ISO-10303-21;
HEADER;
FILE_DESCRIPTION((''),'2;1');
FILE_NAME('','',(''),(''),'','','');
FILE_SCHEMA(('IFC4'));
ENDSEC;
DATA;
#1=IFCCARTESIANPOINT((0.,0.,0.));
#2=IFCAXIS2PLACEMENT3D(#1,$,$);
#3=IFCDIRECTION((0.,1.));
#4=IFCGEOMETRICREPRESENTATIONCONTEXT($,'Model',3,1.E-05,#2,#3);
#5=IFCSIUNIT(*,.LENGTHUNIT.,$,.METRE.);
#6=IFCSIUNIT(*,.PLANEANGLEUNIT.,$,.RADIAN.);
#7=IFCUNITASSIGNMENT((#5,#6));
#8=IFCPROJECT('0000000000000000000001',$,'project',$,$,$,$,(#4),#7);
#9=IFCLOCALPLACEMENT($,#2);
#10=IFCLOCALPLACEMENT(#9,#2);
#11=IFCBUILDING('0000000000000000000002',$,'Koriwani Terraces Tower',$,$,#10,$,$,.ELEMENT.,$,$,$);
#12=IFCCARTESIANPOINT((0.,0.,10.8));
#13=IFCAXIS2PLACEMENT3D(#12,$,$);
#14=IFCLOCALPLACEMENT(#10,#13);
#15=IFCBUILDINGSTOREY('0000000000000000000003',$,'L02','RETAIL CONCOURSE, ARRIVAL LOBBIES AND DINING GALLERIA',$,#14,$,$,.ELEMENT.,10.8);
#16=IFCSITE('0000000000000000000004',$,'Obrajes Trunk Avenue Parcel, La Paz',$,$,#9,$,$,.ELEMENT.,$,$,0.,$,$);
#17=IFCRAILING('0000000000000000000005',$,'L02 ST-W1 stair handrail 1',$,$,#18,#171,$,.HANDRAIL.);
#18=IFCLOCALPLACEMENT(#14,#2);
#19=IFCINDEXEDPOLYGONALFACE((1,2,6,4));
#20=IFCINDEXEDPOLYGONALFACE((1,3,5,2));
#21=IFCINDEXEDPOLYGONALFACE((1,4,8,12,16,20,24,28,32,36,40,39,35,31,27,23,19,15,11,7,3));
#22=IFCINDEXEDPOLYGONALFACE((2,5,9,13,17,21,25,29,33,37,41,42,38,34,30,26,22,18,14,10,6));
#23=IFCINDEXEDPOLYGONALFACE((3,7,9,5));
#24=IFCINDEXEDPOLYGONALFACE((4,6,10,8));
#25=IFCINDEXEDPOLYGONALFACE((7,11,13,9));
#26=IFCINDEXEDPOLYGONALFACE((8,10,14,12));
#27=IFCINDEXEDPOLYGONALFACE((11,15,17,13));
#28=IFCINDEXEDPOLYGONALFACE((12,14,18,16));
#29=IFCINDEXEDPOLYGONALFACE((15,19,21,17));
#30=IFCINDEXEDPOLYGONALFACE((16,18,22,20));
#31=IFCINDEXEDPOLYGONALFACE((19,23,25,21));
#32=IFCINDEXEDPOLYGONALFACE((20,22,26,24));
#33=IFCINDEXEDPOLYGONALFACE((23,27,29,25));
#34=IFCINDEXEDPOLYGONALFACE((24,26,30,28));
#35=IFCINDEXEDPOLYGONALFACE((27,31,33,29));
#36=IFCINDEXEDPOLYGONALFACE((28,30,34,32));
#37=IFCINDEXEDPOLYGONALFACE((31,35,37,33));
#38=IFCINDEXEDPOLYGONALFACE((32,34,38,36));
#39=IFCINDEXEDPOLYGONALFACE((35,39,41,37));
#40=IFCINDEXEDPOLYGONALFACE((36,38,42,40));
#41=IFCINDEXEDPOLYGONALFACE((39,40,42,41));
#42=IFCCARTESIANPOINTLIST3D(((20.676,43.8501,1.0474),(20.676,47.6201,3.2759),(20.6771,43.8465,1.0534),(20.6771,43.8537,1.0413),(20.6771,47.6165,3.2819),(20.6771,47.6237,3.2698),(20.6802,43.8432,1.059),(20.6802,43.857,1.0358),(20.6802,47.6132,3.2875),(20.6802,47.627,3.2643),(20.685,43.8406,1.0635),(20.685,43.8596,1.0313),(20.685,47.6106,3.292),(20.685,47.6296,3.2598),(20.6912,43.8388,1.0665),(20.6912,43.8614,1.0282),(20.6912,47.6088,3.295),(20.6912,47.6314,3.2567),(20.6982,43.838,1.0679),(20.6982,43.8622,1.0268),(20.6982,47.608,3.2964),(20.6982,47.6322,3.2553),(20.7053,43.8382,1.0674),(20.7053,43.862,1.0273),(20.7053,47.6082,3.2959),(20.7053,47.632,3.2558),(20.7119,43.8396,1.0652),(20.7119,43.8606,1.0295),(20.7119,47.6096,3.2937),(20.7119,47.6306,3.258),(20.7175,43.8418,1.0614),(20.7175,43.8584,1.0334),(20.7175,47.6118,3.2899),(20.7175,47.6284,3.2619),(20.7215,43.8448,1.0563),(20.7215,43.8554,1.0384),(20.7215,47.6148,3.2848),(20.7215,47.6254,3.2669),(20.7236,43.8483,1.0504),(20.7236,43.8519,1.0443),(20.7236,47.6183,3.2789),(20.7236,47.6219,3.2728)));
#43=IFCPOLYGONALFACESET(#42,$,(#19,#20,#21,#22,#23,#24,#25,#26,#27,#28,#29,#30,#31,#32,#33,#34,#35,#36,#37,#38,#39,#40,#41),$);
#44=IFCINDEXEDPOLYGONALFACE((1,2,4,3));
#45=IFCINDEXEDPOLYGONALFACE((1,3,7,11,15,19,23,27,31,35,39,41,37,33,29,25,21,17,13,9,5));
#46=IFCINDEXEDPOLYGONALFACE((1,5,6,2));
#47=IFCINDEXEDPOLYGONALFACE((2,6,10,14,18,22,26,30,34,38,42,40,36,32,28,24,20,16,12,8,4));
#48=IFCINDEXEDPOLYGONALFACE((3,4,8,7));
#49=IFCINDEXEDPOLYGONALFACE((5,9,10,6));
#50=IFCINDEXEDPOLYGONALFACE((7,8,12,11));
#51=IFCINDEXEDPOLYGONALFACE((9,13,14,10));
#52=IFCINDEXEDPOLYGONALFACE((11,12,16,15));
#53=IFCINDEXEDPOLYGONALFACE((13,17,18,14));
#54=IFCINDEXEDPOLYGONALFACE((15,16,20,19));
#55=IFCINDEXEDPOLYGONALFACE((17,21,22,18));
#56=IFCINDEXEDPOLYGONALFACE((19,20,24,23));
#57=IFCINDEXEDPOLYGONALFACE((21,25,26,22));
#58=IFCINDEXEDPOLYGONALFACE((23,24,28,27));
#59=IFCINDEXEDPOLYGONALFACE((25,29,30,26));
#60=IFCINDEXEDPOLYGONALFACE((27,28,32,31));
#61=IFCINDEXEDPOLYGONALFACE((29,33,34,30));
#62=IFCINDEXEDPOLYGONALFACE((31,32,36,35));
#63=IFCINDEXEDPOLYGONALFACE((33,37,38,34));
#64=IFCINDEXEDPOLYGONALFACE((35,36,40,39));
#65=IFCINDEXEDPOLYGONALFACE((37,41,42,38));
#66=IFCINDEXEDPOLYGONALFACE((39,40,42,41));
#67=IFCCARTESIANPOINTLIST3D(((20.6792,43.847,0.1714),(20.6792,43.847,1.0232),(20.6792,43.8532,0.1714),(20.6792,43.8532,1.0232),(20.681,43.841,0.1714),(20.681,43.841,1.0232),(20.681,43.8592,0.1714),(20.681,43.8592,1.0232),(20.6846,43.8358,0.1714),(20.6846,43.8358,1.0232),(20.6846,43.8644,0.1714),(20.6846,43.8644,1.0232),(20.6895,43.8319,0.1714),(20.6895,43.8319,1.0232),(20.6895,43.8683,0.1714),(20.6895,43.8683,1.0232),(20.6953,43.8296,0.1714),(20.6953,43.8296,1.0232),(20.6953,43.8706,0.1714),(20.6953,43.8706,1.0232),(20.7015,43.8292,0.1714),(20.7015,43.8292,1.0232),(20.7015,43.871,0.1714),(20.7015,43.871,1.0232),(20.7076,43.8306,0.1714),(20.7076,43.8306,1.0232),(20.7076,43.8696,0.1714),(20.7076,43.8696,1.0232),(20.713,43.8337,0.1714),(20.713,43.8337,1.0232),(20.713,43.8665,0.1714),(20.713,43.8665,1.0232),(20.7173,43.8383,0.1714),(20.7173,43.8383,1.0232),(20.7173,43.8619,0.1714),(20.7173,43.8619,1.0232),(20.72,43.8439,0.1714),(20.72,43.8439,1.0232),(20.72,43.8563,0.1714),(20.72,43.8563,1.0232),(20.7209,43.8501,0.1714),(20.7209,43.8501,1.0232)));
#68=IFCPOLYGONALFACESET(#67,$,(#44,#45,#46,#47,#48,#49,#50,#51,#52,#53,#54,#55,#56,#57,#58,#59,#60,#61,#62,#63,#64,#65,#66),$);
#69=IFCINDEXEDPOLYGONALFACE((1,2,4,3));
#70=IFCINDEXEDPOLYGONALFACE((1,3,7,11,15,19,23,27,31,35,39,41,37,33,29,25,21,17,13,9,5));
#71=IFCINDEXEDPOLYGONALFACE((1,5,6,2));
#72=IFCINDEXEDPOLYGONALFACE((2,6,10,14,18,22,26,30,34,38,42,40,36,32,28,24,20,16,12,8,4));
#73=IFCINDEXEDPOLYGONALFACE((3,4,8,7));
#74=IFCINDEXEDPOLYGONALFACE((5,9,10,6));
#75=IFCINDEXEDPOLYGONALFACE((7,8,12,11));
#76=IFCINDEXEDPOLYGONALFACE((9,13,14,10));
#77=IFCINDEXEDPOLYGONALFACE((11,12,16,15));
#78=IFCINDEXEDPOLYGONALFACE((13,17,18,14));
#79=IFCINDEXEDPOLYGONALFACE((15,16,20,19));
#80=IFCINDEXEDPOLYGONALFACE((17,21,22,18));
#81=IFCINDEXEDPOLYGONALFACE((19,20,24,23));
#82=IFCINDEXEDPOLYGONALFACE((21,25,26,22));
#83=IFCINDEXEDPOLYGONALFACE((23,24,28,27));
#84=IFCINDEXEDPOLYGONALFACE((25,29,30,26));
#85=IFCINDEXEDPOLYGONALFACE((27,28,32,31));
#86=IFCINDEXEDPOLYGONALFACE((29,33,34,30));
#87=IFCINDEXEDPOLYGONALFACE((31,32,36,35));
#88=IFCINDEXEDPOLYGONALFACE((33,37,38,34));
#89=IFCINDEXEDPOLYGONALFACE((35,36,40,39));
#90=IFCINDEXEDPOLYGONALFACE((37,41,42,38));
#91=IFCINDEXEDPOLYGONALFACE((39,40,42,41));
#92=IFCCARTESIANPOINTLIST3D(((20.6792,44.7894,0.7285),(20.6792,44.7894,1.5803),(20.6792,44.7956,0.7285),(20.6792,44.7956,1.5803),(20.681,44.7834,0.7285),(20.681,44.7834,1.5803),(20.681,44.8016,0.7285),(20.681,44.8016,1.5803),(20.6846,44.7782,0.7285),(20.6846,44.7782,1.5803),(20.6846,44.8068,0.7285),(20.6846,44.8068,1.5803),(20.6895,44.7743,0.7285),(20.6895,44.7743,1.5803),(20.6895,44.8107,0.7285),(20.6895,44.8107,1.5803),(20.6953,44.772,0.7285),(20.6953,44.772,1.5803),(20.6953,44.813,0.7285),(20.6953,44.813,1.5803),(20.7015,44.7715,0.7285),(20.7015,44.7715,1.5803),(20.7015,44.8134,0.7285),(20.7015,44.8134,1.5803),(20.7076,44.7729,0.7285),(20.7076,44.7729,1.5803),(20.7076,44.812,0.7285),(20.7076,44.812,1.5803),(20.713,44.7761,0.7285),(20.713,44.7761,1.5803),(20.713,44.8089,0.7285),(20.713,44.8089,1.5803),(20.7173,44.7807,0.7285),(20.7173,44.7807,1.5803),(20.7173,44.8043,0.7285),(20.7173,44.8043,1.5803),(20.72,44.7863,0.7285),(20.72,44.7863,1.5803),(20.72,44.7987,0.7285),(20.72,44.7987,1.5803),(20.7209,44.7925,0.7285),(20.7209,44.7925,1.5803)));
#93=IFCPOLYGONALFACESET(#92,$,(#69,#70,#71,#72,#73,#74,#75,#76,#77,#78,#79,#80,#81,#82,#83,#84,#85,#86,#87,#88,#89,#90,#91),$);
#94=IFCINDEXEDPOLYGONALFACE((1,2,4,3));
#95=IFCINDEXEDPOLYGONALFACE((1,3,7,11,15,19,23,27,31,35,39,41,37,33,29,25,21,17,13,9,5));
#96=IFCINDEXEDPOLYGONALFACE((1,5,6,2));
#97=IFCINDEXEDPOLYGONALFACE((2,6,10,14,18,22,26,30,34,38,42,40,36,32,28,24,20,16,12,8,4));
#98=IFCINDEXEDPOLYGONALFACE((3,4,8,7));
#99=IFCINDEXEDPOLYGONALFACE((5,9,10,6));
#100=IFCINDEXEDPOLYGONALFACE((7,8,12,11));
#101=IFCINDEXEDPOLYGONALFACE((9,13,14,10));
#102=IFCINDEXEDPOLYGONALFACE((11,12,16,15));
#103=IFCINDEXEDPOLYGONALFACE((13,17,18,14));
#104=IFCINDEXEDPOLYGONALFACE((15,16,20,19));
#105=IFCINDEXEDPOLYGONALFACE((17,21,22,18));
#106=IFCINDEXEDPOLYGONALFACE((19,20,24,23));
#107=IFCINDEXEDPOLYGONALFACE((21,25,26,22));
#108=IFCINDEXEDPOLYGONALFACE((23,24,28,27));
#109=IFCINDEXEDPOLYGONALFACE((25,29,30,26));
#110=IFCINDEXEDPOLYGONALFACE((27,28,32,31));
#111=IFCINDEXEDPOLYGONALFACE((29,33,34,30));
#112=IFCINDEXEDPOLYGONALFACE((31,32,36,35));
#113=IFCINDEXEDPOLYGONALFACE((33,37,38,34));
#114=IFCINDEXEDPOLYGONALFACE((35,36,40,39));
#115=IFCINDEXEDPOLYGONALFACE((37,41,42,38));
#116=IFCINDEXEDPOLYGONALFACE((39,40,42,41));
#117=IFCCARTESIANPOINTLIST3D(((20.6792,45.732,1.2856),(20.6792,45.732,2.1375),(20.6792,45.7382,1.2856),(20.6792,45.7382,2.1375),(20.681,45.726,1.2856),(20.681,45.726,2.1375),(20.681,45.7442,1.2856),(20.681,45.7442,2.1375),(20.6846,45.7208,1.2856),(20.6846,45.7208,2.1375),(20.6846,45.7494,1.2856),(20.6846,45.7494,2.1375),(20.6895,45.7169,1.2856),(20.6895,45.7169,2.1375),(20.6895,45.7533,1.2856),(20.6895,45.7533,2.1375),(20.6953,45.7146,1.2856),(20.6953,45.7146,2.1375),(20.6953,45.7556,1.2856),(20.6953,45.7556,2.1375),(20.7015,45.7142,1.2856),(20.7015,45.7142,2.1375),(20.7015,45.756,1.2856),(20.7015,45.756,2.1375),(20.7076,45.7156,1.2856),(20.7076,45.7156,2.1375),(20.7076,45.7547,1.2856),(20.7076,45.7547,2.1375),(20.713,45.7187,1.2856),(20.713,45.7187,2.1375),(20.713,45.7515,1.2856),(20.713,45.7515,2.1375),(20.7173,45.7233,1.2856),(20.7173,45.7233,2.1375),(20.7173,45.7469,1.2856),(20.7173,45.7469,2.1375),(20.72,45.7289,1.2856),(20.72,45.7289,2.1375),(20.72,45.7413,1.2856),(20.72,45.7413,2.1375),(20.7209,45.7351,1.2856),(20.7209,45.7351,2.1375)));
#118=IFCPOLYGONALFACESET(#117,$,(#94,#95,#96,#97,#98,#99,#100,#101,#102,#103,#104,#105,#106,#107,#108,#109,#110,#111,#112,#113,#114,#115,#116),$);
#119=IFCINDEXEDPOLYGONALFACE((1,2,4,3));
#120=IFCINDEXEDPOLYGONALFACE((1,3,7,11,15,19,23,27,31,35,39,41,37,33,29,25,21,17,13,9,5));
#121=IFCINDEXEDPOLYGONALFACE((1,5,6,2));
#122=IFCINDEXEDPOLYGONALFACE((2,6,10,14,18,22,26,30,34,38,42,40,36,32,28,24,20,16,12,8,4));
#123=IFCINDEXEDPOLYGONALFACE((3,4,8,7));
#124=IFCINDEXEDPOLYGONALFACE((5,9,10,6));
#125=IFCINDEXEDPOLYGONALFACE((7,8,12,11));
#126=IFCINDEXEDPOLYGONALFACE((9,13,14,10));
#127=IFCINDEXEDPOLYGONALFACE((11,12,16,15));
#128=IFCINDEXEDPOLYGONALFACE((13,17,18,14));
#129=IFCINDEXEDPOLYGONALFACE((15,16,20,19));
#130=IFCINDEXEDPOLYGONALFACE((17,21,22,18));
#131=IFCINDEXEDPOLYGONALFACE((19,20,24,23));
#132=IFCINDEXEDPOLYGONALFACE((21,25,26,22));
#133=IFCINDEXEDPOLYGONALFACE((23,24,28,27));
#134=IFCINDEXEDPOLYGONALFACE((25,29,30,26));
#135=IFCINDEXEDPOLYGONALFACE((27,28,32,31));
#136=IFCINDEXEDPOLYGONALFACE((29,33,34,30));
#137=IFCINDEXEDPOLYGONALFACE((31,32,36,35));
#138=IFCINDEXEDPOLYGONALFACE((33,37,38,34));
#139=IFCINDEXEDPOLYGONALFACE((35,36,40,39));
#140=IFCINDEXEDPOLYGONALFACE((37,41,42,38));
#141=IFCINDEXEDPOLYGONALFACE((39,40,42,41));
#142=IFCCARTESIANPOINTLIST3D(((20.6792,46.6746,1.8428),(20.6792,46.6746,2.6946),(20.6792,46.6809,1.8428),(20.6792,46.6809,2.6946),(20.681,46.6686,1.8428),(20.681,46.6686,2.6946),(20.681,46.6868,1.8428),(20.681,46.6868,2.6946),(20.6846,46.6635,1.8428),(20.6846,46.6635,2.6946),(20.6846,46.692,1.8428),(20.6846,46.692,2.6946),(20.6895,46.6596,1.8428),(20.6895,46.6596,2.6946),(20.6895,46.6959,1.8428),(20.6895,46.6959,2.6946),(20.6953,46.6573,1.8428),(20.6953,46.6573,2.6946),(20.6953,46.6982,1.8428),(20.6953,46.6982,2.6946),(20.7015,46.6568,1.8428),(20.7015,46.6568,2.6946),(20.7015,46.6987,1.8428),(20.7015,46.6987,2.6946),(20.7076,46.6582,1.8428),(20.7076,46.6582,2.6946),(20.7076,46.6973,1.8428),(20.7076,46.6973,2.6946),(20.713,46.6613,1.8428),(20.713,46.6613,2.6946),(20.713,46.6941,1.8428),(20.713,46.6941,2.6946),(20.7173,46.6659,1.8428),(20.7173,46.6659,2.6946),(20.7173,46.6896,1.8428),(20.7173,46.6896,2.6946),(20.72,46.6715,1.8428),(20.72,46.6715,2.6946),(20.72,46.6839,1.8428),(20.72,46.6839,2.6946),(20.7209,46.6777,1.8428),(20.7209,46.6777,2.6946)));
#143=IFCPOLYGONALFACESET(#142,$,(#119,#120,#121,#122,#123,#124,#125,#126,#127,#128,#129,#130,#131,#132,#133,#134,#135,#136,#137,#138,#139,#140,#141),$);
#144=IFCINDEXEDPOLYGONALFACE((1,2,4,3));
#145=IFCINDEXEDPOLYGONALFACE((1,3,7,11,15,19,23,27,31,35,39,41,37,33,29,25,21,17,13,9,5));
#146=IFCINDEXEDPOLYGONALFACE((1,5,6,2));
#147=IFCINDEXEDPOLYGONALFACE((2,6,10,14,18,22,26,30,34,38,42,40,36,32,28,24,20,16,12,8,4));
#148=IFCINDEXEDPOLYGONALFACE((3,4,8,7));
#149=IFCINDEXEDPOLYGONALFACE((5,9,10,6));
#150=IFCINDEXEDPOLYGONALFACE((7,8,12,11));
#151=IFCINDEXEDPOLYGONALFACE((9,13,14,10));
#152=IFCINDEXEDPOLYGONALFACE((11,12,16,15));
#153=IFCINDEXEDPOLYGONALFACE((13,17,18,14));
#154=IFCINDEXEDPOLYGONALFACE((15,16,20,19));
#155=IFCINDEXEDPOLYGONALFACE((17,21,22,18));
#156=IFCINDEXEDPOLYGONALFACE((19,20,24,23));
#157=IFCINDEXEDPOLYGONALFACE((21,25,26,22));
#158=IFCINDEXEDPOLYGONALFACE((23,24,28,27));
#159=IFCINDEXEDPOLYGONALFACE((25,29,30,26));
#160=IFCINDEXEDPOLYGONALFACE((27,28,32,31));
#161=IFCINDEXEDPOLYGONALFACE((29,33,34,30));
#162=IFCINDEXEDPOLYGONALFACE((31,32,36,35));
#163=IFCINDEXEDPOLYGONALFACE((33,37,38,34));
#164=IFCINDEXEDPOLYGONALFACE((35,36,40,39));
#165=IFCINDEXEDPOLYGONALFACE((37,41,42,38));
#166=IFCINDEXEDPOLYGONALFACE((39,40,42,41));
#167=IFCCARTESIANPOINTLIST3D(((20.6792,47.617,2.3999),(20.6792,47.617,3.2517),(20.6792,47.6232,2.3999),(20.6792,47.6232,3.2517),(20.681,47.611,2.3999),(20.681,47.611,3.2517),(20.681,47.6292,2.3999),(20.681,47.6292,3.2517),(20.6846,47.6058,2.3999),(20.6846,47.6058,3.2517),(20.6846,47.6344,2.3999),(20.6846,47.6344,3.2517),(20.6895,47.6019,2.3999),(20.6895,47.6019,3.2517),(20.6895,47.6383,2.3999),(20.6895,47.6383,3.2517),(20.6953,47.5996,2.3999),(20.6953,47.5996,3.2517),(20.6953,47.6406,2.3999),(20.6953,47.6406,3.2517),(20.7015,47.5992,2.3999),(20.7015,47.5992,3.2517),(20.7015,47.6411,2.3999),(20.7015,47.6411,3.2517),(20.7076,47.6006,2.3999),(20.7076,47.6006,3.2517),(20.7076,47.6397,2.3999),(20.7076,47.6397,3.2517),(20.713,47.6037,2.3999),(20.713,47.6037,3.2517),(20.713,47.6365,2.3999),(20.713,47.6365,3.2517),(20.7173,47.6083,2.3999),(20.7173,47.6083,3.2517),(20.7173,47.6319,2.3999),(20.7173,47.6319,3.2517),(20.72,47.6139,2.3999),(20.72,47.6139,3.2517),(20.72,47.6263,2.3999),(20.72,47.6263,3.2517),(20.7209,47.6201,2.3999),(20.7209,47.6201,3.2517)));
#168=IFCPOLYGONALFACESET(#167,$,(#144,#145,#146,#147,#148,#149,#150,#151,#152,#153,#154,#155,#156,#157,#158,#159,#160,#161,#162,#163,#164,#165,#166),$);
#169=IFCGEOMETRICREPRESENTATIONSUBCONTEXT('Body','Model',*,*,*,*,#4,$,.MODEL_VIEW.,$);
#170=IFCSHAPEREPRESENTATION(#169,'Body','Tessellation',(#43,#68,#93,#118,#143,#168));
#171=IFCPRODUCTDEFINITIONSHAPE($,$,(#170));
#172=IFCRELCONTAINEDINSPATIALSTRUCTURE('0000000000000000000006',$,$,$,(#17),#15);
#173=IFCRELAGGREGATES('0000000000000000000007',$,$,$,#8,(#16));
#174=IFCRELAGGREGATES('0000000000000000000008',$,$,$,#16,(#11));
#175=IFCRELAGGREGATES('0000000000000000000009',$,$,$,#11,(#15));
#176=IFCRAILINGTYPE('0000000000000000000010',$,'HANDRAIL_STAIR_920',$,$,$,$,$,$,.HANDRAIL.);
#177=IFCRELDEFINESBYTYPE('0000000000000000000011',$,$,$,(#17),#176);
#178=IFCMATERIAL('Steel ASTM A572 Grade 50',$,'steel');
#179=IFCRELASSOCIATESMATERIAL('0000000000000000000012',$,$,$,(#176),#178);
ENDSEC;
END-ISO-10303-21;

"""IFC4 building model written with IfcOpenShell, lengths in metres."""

from ifc_helpers import new_model, si_unit, direction, frame, origin, origin_2d, place, context, subcontext, project, spatial, circle, extrude, material, type_object, element, save


model = new_model("IFC4")

# Units and contexts
model_context = context("Model", 3, precision=1e-05, world=origin(), true_north=direction((0.0, 1.0)))
body_context = subcontext(model_context, "Body", "Model", "MODEL_VIEW")
ifc_project = project(units=[si_unit("LENGTHUNIT", "METRE"), si_unit("PLANEANGLEUNIT", "RADIAN")], contexts=[model_context])

# Site, building, storey
site_placement = place(None, origin())
site = spatial("IfcSite", under=ifc_project, at=site_placement, Name="Obrajes Trunk Avenue Parcel, La Paz", CompositionType="ELEMENT", RefElevation=0.0)
building_placement = place(site_placement, origin())
building = spatial("IfcBuilding", under=site, at=building_placement, Name="Koriwani Terraces Tower", CompositionType="ELEMENT")
storey_placement = place(building_placement, frame((0.0, 0.0, 10.8)))
storey = spatial("IfcBuildingStorey", under=building, at=storey_placement, Name="L02", Description="RETAIL CONCOURSE, ARRIVAL LOBBIES AND DINING GALLERIA", CompositionType="ELEMENT", Elevation=10.8)

# Shared definitions
ifc_material_1 = material(Name="Steel ASTM A572 Grade 50", Category="steel")

# Railing
railing_type_1 = type_object("IfcRailingType", Name="HANDRAIL_STAIR_920", PredefinedType="HANDRAIL", material=ifc_material_1)
railing_1_placement = place(storey_placement, frame((20.7, 43.8501, 0.1714)))
element("IfcRailing", 1, at=railing_1_placement, inside=storey, type_object=railing_type_1, Name="L02 ST-W1 stair handrail 1", PredefinedType="HANDRAIL", context=body_context, shape_type="SweptSolid", body=[
    extrude(circle(Radius=0.0239, at=origin_2d()), frame((0.0, 0.0, 0.876), z_axis=(0.0, 0.860849, 0.508861), x_axis=(-1.0, 0.0, 0.0)), (0.0, 0.0, 1.0), 4.3794),
    extrude(circle(Radius=0.021, at=origin_2d()), origin(), (0.0, 0.0, 1.0), 0.8518),
    extrude(circle(Radius=0.021, at=origin_2d()), frame((0.0, 0.9424, 0.5571)), (0.0, 0.0, 1.0), 0.8518),
    extrude(circle(Radius=0.021, at=origin_2d()), frame((0.0, 1.885, 1.1143)), (0.0, 0.0, 1.0), 0.8518),
    extrude(circle(Radius=0.021, at=origin_2d()), frame((0.0, 2.8276, 1.6714)), (0.0, 0.0, 1.0), 0.8518),
    extrude(circle(Radius=0.021, at=origin_2d()), frame((0.0, 3.77, 2.2285)), (0.0, 0.0, 1.0), 0.8518),
])

save(model, "model.ifc")
